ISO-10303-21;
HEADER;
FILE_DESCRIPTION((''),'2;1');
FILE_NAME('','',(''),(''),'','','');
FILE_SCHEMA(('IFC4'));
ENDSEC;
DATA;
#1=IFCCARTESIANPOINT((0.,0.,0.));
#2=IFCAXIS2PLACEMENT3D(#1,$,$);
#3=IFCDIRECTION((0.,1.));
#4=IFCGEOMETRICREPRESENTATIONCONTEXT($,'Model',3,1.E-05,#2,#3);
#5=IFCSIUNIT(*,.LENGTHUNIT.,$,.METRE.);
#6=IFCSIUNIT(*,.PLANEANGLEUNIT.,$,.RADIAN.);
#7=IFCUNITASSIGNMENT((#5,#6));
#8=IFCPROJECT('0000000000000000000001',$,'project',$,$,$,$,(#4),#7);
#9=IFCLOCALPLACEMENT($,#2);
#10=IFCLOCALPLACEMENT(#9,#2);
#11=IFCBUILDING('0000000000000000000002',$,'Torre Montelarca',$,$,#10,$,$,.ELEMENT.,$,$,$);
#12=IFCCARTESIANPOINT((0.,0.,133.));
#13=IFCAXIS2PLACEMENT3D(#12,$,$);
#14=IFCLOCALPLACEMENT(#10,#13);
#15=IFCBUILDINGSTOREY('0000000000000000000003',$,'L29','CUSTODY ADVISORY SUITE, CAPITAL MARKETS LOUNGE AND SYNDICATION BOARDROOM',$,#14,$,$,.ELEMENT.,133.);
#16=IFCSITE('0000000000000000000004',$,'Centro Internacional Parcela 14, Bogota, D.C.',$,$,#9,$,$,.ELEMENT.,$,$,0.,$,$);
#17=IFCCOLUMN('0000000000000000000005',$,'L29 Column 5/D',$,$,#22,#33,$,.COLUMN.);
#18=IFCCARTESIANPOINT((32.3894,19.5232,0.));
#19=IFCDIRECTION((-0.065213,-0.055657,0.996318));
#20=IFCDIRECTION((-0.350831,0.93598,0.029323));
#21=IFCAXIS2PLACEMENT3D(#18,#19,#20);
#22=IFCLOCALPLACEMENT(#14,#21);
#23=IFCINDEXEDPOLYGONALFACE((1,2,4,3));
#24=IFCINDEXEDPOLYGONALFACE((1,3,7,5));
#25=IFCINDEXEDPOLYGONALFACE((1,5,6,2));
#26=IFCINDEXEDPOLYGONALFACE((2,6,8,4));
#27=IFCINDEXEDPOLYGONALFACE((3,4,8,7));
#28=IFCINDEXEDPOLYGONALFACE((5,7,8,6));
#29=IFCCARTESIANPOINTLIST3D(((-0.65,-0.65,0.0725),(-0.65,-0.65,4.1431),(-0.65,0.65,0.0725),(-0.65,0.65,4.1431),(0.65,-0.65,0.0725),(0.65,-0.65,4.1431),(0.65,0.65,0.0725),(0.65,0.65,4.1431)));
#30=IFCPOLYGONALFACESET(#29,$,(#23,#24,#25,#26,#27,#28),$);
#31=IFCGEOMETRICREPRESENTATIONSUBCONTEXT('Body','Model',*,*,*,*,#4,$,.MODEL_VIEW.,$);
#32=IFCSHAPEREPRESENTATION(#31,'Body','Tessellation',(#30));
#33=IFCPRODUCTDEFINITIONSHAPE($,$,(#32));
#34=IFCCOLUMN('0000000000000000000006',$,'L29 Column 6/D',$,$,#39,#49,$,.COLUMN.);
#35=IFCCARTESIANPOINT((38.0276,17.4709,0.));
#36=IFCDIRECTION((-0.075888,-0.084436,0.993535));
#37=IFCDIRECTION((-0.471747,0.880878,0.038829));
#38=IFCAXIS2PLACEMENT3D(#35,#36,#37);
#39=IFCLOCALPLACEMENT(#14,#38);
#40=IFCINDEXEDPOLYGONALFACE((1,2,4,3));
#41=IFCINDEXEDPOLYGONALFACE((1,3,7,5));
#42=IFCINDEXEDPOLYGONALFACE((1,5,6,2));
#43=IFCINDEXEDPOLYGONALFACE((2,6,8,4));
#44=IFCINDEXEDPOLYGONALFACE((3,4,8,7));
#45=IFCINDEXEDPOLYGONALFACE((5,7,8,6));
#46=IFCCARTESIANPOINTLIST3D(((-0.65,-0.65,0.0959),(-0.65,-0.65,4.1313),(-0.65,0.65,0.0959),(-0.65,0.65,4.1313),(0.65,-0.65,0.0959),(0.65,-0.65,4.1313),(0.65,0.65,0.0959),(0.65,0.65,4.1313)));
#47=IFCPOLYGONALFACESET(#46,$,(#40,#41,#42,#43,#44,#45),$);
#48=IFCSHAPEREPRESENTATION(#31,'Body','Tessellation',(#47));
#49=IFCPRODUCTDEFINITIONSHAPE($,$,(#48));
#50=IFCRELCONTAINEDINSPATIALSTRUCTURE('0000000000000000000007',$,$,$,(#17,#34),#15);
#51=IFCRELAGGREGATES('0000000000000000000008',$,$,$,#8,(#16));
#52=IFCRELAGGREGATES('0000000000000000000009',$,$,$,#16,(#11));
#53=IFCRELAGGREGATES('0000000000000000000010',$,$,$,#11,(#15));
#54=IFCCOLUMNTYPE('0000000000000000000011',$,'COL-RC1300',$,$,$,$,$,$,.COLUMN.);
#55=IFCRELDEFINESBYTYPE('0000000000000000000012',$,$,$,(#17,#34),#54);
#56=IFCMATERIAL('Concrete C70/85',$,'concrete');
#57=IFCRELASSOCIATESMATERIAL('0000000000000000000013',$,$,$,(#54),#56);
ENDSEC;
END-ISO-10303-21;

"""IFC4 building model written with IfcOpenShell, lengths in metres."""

from ifc_helpers import new_model, si_unit, direction, frame, origin, origin_2d, place, context, subcontext, project, spatial, rectangle, extrude, clip, halfspace, material, material_profile, profile_set, type_object, element, save


model = new_model("IFC4")

# Units and contexts
model_context = context("Model", 3, precision=1e-05, world=origin(), true_north=direction((0.0, 1.0)))
body_context = subcontext(model_context, "Body", "Model", "MODEL_VIEW")
ifc_project = project(units=[si_unit("LENGTHUNIT", "METRE"), si_unit("PLANEANGLEUNIT", "RADIAN")], contexts=[model_context])

# Site, building, storey
site_placement = place(None, origin())
site = spatial("IfcSite", under=ifc_project, at=site_placement, Name="Centro Internacional Parcela 14, Bogota, D.C.", CompositionType="ELEMENT", RefElevation=0.0)
building_placement = place(site_placement, origin())
building = spatial("IfcBuilding", under=site, at=building_placement, Name="Torre Montelarca", CompositionType="ELEMENT")
storey_placement = place(building_placement, frame((0.0, 0.0, 133.0)))
storey = spatial("IfcBuildingStorey", under=building, at=storey_placement, Name="L29", Description="CUSTODY ADVISORY SUITE, CAPITAL MARKETS LOUNGE AND SYNDICATION BOARDROOM", CompositionType="ELEMENT", Elevation=133.0)

# Columns
ifc_material_1 = material(Name="Concrete C70/85", Category="concrete")
ifc_material_profile_1 = material_profile(ifc_material_1, rectangle(XDim=1.3, YDim=1.3, at=origin_2d()), Name="RC1300X1300", Category="concrete")
ifc_profile_set_1 = profile_set([ifc_material_profile_1], Name="Concrete C70/85")
column_type_1 = type_object("IfcColumnType", Name="COL-RC1300", PredefinedType="COLUMN", material=ifc_profile_set_1)
column_1_placement = place(storey_placement, frame((32.3894, 19.5232, 0.0), z_axis=(-0.065213, -0.055657, 0.996318), x_axis=(-0.350831, 0.93598, 0.029323)))
element("IfcColumn", 1, at=column_1_placement, inside=storey, type_object=column_type_1, Name="L29 Column 5/D", PredefinedType="COLUMN", context=body_context, shape_type="Clipping", body=[
    clip(clip(extrude(rectangle(XDim=1.3, YDim=1.3, at=origin_2d()), origin(), (0.0, 0.0, 1.0), 4.2156), halfspace(frame((0.0, 0.0, 0.0725), z_axis=(0.0, 0.0, -1.0), x_axis=(1.0, 0.0, 0.0)), False)), halfspace(frame((0.0, 0.0, 4.1431), z_axis=(0.0, 0.0, 1.0), x_axis=(1.0, 0.0, 0.0)), False)),
])
column_2_placement = place(storey_placement, frame((38.0276, 17.4709, 0.0), z_axis=(-0.075888, -0.084436, 0.993535), x_axis=(-0.471747, 0.880878, 0.038829)))
element("IfcColumn", 2, at=column_2_placement, inside=storey, type_object=column_type_1, Name="L29 Column 6/D", PredefinedType="COLUMN", context=body_context, shape_type="Clipping", body=[
    clip(clip(extrude(rectangle(XDim=1.3, YDim=1.3, at=origin_2d()), origin(), (0.0, 0.0, 1.0), 4.2273), halfspace(frame((0.0, 0.0, 0.0959), z_axis=(0.0, 0.0, -1.0), x_axis=(1.0, 0.0, 0.0)), False)), halfspace(frame((0.0, 0.0, 4.1313), z_axis=(0.0, 0.0, 1.0), x_axis=(1.0, 0.0, 0.0)), False)),
])

save(model, "model.ifc")
